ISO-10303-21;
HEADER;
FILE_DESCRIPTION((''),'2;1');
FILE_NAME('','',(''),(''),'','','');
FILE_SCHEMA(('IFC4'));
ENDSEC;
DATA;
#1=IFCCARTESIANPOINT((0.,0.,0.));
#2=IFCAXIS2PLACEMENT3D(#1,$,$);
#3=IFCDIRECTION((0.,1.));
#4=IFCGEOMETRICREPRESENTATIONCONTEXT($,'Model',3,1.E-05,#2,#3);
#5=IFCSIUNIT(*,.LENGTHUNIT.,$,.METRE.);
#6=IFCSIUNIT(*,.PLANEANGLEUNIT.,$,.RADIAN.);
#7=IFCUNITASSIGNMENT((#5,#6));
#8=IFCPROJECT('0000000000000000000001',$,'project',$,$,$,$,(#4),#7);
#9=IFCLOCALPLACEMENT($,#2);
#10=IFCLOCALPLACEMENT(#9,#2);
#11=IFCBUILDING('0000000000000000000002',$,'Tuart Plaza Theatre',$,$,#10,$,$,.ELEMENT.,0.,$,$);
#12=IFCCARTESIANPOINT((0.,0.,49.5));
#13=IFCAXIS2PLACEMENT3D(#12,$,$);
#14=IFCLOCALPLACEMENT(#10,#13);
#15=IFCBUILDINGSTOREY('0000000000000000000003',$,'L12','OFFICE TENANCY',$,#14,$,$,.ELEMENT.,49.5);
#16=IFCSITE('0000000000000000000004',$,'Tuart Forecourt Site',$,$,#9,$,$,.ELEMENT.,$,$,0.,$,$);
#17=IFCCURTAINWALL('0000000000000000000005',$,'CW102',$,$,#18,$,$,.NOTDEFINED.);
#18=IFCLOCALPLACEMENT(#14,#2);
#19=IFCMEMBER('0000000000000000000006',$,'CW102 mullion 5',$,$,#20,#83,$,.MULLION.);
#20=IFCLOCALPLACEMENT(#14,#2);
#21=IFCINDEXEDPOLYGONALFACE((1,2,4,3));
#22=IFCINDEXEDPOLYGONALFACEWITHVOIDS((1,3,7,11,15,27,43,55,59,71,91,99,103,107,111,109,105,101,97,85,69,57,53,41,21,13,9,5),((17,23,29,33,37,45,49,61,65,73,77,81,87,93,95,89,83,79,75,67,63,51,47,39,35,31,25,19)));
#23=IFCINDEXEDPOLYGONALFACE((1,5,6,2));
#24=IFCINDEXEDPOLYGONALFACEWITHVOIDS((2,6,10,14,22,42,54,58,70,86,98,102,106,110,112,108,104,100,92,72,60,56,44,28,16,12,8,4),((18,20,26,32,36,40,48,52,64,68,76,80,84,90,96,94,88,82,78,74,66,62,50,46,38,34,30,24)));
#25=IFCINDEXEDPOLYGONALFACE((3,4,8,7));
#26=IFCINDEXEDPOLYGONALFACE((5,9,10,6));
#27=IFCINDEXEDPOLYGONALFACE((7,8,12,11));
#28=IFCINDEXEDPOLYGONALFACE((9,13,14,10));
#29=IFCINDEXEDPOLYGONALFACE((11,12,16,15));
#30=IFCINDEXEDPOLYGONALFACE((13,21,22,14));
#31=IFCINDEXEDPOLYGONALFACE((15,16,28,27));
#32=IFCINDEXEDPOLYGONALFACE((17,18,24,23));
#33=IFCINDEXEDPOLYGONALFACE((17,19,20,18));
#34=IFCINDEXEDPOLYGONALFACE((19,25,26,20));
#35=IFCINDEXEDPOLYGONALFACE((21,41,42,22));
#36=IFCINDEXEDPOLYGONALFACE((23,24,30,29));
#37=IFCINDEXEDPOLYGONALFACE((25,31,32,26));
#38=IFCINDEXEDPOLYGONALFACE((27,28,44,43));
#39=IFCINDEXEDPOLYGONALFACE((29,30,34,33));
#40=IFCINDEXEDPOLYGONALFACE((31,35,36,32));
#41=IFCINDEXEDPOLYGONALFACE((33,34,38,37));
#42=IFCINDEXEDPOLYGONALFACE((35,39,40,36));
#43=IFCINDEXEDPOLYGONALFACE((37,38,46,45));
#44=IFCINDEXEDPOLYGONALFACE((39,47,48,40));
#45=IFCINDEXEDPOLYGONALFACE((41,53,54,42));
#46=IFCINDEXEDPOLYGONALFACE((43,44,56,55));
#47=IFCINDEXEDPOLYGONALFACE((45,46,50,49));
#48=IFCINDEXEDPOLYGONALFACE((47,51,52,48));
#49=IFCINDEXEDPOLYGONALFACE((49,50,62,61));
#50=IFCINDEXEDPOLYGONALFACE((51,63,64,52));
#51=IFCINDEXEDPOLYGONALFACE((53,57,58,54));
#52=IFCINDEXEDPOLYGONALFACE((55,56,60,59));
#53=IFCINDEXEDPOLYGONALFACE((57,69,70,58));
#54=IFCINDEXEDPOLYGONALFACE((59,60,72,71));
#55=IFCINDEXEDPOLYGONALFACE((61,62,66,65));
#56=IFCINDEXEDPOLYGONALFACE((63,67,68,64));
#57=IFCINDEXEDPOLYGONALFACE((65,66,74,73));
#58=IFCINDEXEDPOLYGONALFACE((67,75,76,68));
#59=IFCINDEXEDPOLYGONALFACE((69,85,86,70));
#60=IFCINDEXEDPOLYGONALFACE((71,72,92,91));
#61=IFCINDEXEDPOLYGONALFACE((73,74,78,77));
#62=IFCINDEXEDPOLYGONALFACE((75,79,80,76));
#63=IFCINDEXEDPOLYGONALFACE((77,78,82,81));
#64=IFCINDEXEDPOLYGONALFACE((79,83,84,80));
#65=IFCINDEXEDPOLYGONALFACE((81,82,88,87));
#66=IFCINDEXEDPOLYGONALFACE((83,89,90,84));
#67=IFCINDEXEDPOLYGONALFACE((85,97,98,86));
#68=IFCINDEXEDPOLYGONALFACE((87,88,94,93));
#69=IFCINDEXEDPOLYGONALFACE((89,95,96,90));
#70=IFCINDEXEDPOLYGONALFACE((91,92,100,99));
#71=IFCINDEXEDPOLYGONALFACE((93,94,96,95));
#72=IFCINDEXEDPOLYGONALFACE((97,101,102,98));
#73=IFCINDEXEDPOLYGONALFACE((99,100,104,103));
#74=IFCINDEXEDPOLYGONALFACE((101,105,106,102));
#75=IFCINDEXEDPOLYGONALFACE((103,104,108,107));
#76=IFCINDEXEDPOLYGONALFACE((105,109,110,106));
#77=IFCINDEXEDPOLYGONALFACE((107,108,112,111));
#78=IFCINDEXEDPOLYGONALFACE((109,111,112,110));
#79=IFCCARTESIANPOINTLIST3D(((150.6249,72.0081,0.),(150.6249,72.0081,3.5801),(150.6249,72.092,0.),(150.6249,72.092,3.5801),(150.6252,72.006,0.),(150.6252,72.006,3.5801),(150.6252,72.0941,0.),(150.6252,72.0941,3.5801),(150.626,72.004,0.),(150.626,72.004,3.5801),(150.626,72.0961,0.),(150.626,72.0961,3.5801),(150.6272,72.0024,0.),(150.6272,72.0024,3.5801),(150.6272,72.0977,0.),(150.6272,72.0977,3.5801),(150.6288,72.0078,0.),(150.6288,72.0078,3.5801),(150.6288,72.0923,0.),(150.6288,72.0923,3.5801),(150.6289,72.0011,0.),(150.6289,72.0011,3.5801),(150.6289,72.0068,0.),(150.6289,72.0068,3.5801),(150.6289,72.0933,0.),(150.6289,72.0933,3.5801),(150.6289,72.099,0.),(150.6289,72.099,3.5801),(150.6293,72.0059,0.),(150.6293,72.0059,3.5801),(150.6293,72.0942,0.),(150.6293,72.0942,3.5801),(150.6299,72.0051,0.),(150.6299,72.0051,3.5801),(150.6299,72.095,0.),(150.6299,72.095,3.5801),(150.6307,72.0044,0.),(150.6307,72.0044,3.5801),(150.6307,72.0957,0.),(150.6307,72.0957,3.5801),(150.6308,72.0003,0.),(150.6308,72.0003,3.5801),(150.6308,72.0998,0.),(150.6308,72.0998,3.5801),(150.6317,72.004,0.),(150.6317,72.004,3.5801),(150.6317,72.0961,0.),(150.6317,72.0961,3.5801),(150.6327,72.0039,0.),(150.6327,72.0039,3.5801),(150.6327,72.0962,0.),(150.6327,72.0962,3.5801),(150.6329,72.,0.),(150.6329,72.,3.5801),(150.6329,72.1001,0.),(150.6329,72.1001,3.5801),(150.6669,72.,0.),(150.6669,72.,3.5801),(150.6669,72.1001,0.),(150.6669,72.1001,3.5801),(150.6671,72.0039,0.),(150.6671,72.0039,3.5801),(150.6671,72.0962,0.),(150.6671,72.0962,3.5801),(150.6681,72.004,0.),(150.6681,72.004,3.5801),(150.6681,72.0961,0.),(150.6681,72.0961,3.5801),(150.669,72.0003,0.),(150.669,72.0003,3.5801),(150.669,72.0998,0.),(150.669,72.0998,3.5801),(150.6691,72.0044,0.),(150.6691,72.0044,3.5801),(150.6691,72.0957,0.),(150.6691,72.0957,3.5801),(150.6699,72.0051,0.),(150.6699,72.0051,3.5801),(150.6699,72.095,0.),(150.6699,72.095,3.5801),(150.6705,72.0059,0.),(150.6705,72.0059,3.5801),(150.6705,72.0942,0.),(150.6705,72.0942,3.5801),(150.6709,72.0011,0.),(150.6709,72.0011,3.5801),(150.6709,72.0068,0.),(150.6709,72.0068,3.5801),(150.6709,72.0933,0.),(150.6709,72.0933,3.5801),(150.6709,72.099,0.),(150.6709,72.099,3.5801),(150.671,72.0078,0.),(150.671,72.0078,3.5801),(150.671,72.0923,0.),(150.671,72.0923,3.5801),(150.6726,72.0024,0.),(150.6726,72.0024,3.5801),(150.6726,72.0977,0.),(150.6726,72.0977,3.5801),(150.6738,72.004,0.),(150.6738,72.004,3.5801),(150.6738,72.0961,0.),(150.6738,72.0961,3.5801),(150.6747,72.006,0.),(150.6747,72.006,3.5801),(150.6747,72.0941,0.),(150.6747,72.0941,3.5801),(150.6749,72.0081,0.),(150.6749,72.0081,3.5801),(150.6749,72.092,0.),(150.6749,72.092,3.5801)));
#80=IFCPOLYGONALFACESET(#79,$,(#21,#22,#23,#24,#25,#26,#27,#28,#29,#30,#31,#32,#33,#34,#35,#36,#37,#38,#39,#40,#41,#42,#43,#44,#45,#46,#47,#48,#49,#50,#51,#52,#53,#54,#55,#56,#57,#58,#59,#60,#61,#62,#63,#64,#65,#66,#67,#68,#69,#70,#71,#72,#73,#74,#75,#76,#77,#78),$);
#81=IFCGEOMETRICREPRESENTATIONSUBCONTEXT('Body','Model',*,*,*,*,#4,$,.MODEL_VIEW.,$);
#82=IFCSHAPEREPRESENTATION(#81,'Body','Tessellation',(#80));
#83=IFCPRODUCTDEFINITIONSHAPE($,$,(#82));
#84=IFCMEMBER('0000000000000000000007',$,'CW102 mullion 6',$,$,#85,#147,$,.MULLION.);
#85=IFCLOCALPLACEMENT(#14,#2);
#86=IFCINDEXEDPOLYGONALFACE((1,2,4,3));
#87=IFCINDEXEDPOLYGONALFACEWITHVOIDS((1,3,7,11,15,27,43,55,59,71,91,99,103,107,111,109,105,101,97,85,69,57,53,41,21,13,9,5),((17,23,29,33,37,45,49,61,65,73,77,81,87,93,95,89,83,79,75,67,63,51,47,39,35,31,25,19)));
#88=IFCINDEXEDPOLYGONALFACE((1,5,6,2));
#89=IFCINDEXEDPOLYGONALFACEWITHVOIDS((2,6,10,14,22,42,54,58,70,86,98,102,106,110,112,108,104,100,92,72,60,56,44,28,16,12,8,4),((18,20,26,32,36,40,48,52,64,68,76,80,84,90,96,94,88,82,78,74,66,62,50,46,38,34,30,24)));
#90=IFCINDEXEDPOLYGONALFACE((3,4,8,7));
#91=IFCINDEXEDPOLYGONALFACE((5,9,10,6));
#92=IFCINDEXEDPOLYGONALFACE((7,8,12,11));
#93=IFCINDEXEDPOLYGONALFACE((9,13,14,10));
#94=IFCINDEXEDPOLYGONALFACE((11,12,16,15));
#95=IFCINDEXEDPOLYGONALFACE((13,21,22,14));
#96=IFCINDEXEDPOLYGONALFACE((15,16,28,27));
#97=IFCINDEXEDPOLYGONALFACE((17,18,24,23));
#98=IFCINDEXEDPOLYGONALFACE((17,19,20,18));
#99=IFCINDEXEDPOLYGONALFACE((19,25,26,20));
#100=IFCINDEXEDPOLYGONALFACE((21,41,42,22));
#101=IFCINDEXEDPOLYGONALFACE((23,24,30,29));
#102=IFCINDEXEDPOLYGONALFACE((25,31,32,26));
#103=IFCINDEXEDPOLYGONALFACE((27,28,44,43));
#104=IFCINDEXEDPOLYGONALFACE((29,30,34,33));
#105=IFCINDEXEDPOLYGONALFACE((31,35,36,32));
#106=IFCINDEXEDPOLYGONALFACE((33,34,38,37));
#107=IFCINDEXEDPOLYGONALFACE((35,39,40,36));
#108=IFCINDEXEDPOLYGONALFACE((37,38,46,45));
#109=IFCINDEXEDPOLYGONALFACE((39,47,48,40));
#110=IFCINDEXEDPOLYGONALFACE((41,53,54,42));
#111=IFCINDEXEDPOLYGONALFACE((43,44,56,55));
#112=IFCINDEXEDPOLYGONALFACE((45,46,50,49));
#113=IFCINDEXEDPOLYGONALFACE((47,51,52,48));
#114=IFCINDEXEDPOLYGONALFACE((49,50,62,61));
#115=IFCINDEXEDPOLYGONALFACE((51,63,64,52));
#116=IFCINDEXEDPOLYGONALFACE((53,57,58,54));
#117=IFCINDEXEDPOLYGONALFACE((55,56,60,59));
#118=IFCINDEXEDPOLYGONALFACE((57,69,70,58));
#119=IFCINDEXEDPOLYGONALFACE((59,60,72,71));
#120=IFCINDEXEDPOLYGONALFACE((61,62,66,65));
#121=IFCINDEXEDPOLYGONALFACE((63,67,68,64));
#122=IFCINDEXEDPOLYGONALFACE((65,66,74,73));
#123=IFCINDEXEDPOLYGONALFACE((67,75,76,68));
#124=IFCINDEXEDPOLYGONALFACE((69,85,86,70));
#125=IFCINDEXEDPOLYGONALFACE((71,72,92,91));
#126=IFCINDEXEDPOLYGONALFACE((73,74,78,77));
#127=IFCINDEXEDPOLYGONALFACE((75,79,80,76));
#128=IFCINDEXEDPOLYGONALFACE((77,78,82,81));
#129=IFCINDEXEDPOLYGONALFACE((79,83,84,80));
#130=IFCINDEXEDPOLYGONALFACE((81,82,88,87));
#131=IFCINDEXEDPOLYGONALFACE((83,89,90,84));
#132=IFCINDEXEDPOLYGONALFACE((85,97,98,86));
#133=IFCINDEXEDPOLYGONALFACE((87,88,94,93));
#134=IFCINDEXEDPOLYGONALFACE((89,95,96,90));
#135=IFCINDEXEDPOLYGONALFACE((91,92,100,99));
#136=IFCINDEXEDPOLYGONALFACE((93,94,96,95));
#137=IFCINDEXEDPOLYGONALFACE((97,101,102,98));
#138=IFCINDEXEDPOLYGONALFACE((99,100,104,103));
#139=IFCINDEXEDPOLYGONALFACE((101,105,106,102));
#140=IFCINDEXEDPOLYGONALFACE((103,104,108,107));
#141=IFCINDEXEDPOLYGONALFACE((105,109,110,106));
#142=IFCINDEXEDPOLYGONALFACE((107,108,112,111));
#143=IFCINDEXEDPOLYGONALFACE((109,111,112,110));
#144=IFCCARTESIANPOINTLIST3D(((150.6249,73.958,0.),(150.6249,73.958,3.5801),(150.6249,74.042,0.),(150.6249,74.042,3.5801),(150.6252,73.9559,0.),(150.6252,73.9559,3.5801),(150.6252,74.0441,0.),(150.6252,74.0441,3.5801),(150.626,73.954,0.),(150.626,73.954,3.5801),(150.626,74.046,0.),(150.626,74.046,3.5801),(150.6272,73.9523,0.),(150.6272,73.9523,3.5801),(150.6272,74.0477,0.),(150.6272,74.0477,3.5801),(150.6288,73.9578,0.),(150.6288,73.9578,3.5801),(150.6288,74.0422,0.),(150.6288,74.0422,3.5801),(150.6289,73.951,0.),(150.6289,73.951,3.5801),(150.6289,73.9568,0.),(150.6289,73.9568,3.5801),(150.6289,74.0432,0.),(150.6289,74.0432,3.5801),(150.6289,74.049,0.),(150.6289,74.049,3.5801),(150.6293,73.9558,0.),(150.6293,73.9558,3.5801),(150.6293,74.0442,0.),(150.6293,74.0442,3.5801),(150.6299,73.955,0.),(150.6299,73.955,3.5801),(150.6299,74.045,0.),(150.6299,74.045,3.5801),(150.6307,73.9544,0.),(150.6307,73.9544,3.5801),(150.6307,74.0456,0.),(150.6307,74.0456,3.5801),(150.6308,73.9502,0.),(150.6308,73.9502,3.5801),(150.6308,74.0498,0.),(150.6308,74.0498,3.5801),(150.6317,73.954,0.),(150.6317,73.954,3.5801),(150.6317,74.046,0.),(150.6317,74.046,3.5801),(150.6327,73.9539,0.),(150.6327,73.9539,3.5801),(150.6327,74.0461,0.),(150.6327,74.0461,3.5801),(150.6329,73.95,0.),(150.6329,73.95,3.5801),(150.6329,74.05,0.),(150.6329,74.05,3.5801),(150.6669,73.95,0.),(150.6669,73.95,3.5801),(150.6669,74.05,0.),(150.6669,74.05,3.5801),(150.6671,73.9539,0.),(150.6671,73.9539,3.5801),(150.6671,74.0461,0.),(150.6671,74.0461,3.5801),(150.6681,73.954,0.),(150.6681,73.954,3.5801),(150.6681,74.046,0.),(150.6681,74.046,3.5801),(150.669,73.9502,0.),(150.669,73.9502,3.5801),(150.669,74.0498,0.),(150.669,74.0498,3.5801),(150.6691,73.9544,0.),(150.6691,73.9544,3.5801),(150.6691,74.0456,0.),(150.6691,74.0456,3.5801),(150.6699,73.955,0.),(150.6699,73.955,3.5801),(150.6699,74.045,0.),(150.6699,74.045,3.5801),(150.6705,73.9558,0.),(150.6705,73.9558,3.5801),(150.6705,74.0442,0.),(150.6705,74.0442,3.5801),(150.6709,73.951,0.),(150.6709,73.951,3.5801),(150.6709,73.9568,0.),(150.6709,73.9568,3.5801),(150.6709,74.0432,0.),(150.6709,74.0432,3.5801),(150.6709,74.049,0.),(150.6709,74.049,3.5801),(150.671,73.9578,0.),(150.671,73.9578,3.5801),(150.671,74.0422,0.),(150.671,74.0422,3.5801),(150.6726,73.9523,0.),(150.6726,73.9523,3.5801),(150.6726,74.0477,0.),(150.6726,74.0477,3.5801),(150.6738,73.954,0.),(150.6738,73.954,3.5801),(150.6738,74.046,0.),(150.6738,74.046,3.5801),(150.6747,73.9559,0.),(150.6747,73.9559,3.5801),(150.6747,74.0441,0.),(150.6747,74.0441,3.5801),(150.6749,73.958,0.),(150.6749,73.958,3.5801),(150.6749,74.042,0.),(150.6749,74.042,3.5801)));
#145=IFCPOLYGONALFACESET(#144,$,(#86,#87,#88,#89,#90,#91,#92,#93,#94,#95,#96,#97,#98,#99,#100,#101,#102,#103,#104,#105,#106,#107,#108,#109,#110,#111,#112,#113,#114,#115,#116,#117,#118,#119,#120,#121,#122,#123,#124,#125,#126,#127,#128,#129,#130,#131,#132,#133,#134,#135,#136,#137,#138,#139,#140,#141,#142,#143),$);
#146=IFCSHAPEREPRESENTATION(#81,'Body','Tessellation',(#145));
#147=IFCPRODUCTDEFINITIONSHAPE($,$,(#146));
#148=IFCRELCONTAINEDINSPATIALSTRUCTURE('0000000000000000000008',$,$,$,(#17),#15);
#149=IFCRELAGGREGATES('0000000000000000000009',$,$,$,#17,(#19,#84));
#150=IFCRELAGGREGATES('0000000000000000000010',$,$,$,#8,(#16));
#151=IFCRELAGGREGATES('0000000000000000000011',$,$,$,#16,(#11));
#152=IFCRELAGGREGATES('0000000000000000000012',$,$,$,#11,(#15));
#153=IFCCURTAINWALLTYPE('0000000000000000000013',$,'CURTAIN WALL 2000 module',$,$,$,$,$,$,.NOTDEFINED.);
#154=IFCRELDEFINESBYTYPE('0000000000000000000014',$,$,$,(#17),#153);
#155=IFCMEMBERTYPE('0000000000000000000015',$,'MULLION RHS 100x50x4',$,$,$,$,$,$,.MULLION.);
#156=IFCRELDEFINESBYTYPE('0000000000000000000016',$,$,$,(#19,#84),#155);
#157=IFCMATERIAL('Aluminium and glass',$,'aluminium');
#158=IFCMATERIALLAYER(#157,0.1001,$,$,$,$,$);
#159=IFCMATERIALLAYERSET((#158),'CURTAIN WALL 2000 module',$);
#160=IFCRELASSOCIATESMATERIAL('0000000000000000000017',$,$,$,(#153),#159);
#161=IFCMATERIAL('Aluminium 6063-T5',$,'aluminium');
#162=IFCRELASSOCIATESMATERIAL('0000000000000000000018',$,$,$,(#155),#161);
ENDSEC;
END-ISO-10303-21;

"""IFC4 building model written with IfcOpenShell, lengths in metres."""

from ifc_helpers import new_model, si_unit, direction, frame, origin, origin_2d, place, context, subcontext, project, spatial, hollow_rectangle, extrude, material, layer, layer_set, material_profile, profile_set, type_object, element, aggregate, save


model = new_model("IFC4")

# Units and contexts
model_context = context("Model", 3, precision=1e-05, world=origin(), true_north=direction((0.0, 1.0)))
body_context = subcontext(model_context, "Body", "Model", "MODEL_VIEW")
ifc_project = project(units=[si_unit("LENGTHUNIT", "METRE"), si_unit("PLANEANGLEUNIT", "RADIAN")], contexts=[model_context])

# Site, building, storey
site_placement = place(None, origin())
site = spatial("IfcSite", under=ifc_project, at=site_placement, Name="Tuart Forecourt Site", CompositionType="ELEMENT", RefElevation=0.0)
building_placement = place(site_placement, origin())
building = spatial("IfcBuilding", under=site, at=building_placement, Name="Tuart Plaza Theatre", CompositionType="ELEMENT", ElevationOfRefHeight=0.0)
storey_placement = place(building_placement, frame((0.0, 0.0, 49.5)))
storey = spatial("IfcBuildingStorey", under=building, at=storey_placement, Name="L12", Description="OFFICE TENANCY", CompositionType="ELEMENT", Elevation=49.5)

# Curtain wall, members
ifc_material_1 = material(Name="Aluminium and glass", Category="aluminium")
ifc_layer_1 = layer(ifc_material_1, 0.1001)
ifc_layer_set_1 = layer_set([ifc_layer_1], Name="CURTAIN WALL 2000 module")
curtain_wall_type = type_object("IfcCurtainWallType", Name="CURTAIN WALL 2000 module", PredefinedType="NOTDEFINED", material=ifc_layer_set_1)
curtain_wall_placement = place(storey_placement, origin())
curtain_wall = element("IfcCurtainWall", 1, at=curtain_wall_placement, inside=storey, type_object=curtain_wall_type, Name="CW102", PredefinedType="NOTDEFINED")
ifc_material_2 = material(Name="Aluminium 6063-T5", Category="aluminium")
ifc_material_profile_1 = material_profile(ifc_material_2, hollow_rectangle(XDim=0.05, YDim=0.1001, WallThickness=0.0039, InnerFilletRadius=0.0039, OuterFilletRadius=0.0081, at=origin_2d()), Name="RHS 100x50x4")
ifc_profile_set_1 = profile_set([ifc_material_profile_1], Name="Aluminium 6063-T5")
member_type_1 = type_object("IfcMemberType", Name="MULLION RHS 100x50x4", PredefinedType="MULLION", material=ifc_profile_set_1)
member_1_placement = place(storey_placement, frame((150.6499, 72.05, 0.0), z_axis=(0.0, 0.0, 1.0), x_axis=(-1.0, 0.0, 0.0)))
member_1 = element("IfcMember", 2, at=member_1_placement, type_object=member_type_1, Name="CW102 mullion 5", PredefinedType="MULLION", context=body_context, shape_type="SweptSolid", body=[
    extrude(hollow_rectangle(XDim=0.05, YDim=0.1001, WallThickness=0.0039, InnerFilletRadius=0.0039, OuterFilletRadius=0.0081, at=origin_2d()), origin(), (0.0, 0.0, 1.0), 3.5801),
])
member_2_placement = place(storey_placement, frame((150.6499, 74.0, 0.0), z_axis=(0.0, 0.0, 1.0), x_axis=(-1.0, 0.0, 0.0)))
member_2 = element("IfcMember", 3, at=member_2_placement, type_object=member_type_1, Name="CW102 mullion 6", PredefinedType="MULLION", context=body_context, shape_type="SweptSolid", body=[
    extrude(hollow_rectangle(XDim=0.05, YDim=0.1001, WallThickness=0.0039, InnerFilletRadius=0.0039, OuterFilletRadius=0.0081, at=origin_2d()), origin(), (0.0, 0.0, 1.0), 3.5801),
])
aggregate(curtain_wall, [member_1, member_2])

save(model, "model.ifc")
